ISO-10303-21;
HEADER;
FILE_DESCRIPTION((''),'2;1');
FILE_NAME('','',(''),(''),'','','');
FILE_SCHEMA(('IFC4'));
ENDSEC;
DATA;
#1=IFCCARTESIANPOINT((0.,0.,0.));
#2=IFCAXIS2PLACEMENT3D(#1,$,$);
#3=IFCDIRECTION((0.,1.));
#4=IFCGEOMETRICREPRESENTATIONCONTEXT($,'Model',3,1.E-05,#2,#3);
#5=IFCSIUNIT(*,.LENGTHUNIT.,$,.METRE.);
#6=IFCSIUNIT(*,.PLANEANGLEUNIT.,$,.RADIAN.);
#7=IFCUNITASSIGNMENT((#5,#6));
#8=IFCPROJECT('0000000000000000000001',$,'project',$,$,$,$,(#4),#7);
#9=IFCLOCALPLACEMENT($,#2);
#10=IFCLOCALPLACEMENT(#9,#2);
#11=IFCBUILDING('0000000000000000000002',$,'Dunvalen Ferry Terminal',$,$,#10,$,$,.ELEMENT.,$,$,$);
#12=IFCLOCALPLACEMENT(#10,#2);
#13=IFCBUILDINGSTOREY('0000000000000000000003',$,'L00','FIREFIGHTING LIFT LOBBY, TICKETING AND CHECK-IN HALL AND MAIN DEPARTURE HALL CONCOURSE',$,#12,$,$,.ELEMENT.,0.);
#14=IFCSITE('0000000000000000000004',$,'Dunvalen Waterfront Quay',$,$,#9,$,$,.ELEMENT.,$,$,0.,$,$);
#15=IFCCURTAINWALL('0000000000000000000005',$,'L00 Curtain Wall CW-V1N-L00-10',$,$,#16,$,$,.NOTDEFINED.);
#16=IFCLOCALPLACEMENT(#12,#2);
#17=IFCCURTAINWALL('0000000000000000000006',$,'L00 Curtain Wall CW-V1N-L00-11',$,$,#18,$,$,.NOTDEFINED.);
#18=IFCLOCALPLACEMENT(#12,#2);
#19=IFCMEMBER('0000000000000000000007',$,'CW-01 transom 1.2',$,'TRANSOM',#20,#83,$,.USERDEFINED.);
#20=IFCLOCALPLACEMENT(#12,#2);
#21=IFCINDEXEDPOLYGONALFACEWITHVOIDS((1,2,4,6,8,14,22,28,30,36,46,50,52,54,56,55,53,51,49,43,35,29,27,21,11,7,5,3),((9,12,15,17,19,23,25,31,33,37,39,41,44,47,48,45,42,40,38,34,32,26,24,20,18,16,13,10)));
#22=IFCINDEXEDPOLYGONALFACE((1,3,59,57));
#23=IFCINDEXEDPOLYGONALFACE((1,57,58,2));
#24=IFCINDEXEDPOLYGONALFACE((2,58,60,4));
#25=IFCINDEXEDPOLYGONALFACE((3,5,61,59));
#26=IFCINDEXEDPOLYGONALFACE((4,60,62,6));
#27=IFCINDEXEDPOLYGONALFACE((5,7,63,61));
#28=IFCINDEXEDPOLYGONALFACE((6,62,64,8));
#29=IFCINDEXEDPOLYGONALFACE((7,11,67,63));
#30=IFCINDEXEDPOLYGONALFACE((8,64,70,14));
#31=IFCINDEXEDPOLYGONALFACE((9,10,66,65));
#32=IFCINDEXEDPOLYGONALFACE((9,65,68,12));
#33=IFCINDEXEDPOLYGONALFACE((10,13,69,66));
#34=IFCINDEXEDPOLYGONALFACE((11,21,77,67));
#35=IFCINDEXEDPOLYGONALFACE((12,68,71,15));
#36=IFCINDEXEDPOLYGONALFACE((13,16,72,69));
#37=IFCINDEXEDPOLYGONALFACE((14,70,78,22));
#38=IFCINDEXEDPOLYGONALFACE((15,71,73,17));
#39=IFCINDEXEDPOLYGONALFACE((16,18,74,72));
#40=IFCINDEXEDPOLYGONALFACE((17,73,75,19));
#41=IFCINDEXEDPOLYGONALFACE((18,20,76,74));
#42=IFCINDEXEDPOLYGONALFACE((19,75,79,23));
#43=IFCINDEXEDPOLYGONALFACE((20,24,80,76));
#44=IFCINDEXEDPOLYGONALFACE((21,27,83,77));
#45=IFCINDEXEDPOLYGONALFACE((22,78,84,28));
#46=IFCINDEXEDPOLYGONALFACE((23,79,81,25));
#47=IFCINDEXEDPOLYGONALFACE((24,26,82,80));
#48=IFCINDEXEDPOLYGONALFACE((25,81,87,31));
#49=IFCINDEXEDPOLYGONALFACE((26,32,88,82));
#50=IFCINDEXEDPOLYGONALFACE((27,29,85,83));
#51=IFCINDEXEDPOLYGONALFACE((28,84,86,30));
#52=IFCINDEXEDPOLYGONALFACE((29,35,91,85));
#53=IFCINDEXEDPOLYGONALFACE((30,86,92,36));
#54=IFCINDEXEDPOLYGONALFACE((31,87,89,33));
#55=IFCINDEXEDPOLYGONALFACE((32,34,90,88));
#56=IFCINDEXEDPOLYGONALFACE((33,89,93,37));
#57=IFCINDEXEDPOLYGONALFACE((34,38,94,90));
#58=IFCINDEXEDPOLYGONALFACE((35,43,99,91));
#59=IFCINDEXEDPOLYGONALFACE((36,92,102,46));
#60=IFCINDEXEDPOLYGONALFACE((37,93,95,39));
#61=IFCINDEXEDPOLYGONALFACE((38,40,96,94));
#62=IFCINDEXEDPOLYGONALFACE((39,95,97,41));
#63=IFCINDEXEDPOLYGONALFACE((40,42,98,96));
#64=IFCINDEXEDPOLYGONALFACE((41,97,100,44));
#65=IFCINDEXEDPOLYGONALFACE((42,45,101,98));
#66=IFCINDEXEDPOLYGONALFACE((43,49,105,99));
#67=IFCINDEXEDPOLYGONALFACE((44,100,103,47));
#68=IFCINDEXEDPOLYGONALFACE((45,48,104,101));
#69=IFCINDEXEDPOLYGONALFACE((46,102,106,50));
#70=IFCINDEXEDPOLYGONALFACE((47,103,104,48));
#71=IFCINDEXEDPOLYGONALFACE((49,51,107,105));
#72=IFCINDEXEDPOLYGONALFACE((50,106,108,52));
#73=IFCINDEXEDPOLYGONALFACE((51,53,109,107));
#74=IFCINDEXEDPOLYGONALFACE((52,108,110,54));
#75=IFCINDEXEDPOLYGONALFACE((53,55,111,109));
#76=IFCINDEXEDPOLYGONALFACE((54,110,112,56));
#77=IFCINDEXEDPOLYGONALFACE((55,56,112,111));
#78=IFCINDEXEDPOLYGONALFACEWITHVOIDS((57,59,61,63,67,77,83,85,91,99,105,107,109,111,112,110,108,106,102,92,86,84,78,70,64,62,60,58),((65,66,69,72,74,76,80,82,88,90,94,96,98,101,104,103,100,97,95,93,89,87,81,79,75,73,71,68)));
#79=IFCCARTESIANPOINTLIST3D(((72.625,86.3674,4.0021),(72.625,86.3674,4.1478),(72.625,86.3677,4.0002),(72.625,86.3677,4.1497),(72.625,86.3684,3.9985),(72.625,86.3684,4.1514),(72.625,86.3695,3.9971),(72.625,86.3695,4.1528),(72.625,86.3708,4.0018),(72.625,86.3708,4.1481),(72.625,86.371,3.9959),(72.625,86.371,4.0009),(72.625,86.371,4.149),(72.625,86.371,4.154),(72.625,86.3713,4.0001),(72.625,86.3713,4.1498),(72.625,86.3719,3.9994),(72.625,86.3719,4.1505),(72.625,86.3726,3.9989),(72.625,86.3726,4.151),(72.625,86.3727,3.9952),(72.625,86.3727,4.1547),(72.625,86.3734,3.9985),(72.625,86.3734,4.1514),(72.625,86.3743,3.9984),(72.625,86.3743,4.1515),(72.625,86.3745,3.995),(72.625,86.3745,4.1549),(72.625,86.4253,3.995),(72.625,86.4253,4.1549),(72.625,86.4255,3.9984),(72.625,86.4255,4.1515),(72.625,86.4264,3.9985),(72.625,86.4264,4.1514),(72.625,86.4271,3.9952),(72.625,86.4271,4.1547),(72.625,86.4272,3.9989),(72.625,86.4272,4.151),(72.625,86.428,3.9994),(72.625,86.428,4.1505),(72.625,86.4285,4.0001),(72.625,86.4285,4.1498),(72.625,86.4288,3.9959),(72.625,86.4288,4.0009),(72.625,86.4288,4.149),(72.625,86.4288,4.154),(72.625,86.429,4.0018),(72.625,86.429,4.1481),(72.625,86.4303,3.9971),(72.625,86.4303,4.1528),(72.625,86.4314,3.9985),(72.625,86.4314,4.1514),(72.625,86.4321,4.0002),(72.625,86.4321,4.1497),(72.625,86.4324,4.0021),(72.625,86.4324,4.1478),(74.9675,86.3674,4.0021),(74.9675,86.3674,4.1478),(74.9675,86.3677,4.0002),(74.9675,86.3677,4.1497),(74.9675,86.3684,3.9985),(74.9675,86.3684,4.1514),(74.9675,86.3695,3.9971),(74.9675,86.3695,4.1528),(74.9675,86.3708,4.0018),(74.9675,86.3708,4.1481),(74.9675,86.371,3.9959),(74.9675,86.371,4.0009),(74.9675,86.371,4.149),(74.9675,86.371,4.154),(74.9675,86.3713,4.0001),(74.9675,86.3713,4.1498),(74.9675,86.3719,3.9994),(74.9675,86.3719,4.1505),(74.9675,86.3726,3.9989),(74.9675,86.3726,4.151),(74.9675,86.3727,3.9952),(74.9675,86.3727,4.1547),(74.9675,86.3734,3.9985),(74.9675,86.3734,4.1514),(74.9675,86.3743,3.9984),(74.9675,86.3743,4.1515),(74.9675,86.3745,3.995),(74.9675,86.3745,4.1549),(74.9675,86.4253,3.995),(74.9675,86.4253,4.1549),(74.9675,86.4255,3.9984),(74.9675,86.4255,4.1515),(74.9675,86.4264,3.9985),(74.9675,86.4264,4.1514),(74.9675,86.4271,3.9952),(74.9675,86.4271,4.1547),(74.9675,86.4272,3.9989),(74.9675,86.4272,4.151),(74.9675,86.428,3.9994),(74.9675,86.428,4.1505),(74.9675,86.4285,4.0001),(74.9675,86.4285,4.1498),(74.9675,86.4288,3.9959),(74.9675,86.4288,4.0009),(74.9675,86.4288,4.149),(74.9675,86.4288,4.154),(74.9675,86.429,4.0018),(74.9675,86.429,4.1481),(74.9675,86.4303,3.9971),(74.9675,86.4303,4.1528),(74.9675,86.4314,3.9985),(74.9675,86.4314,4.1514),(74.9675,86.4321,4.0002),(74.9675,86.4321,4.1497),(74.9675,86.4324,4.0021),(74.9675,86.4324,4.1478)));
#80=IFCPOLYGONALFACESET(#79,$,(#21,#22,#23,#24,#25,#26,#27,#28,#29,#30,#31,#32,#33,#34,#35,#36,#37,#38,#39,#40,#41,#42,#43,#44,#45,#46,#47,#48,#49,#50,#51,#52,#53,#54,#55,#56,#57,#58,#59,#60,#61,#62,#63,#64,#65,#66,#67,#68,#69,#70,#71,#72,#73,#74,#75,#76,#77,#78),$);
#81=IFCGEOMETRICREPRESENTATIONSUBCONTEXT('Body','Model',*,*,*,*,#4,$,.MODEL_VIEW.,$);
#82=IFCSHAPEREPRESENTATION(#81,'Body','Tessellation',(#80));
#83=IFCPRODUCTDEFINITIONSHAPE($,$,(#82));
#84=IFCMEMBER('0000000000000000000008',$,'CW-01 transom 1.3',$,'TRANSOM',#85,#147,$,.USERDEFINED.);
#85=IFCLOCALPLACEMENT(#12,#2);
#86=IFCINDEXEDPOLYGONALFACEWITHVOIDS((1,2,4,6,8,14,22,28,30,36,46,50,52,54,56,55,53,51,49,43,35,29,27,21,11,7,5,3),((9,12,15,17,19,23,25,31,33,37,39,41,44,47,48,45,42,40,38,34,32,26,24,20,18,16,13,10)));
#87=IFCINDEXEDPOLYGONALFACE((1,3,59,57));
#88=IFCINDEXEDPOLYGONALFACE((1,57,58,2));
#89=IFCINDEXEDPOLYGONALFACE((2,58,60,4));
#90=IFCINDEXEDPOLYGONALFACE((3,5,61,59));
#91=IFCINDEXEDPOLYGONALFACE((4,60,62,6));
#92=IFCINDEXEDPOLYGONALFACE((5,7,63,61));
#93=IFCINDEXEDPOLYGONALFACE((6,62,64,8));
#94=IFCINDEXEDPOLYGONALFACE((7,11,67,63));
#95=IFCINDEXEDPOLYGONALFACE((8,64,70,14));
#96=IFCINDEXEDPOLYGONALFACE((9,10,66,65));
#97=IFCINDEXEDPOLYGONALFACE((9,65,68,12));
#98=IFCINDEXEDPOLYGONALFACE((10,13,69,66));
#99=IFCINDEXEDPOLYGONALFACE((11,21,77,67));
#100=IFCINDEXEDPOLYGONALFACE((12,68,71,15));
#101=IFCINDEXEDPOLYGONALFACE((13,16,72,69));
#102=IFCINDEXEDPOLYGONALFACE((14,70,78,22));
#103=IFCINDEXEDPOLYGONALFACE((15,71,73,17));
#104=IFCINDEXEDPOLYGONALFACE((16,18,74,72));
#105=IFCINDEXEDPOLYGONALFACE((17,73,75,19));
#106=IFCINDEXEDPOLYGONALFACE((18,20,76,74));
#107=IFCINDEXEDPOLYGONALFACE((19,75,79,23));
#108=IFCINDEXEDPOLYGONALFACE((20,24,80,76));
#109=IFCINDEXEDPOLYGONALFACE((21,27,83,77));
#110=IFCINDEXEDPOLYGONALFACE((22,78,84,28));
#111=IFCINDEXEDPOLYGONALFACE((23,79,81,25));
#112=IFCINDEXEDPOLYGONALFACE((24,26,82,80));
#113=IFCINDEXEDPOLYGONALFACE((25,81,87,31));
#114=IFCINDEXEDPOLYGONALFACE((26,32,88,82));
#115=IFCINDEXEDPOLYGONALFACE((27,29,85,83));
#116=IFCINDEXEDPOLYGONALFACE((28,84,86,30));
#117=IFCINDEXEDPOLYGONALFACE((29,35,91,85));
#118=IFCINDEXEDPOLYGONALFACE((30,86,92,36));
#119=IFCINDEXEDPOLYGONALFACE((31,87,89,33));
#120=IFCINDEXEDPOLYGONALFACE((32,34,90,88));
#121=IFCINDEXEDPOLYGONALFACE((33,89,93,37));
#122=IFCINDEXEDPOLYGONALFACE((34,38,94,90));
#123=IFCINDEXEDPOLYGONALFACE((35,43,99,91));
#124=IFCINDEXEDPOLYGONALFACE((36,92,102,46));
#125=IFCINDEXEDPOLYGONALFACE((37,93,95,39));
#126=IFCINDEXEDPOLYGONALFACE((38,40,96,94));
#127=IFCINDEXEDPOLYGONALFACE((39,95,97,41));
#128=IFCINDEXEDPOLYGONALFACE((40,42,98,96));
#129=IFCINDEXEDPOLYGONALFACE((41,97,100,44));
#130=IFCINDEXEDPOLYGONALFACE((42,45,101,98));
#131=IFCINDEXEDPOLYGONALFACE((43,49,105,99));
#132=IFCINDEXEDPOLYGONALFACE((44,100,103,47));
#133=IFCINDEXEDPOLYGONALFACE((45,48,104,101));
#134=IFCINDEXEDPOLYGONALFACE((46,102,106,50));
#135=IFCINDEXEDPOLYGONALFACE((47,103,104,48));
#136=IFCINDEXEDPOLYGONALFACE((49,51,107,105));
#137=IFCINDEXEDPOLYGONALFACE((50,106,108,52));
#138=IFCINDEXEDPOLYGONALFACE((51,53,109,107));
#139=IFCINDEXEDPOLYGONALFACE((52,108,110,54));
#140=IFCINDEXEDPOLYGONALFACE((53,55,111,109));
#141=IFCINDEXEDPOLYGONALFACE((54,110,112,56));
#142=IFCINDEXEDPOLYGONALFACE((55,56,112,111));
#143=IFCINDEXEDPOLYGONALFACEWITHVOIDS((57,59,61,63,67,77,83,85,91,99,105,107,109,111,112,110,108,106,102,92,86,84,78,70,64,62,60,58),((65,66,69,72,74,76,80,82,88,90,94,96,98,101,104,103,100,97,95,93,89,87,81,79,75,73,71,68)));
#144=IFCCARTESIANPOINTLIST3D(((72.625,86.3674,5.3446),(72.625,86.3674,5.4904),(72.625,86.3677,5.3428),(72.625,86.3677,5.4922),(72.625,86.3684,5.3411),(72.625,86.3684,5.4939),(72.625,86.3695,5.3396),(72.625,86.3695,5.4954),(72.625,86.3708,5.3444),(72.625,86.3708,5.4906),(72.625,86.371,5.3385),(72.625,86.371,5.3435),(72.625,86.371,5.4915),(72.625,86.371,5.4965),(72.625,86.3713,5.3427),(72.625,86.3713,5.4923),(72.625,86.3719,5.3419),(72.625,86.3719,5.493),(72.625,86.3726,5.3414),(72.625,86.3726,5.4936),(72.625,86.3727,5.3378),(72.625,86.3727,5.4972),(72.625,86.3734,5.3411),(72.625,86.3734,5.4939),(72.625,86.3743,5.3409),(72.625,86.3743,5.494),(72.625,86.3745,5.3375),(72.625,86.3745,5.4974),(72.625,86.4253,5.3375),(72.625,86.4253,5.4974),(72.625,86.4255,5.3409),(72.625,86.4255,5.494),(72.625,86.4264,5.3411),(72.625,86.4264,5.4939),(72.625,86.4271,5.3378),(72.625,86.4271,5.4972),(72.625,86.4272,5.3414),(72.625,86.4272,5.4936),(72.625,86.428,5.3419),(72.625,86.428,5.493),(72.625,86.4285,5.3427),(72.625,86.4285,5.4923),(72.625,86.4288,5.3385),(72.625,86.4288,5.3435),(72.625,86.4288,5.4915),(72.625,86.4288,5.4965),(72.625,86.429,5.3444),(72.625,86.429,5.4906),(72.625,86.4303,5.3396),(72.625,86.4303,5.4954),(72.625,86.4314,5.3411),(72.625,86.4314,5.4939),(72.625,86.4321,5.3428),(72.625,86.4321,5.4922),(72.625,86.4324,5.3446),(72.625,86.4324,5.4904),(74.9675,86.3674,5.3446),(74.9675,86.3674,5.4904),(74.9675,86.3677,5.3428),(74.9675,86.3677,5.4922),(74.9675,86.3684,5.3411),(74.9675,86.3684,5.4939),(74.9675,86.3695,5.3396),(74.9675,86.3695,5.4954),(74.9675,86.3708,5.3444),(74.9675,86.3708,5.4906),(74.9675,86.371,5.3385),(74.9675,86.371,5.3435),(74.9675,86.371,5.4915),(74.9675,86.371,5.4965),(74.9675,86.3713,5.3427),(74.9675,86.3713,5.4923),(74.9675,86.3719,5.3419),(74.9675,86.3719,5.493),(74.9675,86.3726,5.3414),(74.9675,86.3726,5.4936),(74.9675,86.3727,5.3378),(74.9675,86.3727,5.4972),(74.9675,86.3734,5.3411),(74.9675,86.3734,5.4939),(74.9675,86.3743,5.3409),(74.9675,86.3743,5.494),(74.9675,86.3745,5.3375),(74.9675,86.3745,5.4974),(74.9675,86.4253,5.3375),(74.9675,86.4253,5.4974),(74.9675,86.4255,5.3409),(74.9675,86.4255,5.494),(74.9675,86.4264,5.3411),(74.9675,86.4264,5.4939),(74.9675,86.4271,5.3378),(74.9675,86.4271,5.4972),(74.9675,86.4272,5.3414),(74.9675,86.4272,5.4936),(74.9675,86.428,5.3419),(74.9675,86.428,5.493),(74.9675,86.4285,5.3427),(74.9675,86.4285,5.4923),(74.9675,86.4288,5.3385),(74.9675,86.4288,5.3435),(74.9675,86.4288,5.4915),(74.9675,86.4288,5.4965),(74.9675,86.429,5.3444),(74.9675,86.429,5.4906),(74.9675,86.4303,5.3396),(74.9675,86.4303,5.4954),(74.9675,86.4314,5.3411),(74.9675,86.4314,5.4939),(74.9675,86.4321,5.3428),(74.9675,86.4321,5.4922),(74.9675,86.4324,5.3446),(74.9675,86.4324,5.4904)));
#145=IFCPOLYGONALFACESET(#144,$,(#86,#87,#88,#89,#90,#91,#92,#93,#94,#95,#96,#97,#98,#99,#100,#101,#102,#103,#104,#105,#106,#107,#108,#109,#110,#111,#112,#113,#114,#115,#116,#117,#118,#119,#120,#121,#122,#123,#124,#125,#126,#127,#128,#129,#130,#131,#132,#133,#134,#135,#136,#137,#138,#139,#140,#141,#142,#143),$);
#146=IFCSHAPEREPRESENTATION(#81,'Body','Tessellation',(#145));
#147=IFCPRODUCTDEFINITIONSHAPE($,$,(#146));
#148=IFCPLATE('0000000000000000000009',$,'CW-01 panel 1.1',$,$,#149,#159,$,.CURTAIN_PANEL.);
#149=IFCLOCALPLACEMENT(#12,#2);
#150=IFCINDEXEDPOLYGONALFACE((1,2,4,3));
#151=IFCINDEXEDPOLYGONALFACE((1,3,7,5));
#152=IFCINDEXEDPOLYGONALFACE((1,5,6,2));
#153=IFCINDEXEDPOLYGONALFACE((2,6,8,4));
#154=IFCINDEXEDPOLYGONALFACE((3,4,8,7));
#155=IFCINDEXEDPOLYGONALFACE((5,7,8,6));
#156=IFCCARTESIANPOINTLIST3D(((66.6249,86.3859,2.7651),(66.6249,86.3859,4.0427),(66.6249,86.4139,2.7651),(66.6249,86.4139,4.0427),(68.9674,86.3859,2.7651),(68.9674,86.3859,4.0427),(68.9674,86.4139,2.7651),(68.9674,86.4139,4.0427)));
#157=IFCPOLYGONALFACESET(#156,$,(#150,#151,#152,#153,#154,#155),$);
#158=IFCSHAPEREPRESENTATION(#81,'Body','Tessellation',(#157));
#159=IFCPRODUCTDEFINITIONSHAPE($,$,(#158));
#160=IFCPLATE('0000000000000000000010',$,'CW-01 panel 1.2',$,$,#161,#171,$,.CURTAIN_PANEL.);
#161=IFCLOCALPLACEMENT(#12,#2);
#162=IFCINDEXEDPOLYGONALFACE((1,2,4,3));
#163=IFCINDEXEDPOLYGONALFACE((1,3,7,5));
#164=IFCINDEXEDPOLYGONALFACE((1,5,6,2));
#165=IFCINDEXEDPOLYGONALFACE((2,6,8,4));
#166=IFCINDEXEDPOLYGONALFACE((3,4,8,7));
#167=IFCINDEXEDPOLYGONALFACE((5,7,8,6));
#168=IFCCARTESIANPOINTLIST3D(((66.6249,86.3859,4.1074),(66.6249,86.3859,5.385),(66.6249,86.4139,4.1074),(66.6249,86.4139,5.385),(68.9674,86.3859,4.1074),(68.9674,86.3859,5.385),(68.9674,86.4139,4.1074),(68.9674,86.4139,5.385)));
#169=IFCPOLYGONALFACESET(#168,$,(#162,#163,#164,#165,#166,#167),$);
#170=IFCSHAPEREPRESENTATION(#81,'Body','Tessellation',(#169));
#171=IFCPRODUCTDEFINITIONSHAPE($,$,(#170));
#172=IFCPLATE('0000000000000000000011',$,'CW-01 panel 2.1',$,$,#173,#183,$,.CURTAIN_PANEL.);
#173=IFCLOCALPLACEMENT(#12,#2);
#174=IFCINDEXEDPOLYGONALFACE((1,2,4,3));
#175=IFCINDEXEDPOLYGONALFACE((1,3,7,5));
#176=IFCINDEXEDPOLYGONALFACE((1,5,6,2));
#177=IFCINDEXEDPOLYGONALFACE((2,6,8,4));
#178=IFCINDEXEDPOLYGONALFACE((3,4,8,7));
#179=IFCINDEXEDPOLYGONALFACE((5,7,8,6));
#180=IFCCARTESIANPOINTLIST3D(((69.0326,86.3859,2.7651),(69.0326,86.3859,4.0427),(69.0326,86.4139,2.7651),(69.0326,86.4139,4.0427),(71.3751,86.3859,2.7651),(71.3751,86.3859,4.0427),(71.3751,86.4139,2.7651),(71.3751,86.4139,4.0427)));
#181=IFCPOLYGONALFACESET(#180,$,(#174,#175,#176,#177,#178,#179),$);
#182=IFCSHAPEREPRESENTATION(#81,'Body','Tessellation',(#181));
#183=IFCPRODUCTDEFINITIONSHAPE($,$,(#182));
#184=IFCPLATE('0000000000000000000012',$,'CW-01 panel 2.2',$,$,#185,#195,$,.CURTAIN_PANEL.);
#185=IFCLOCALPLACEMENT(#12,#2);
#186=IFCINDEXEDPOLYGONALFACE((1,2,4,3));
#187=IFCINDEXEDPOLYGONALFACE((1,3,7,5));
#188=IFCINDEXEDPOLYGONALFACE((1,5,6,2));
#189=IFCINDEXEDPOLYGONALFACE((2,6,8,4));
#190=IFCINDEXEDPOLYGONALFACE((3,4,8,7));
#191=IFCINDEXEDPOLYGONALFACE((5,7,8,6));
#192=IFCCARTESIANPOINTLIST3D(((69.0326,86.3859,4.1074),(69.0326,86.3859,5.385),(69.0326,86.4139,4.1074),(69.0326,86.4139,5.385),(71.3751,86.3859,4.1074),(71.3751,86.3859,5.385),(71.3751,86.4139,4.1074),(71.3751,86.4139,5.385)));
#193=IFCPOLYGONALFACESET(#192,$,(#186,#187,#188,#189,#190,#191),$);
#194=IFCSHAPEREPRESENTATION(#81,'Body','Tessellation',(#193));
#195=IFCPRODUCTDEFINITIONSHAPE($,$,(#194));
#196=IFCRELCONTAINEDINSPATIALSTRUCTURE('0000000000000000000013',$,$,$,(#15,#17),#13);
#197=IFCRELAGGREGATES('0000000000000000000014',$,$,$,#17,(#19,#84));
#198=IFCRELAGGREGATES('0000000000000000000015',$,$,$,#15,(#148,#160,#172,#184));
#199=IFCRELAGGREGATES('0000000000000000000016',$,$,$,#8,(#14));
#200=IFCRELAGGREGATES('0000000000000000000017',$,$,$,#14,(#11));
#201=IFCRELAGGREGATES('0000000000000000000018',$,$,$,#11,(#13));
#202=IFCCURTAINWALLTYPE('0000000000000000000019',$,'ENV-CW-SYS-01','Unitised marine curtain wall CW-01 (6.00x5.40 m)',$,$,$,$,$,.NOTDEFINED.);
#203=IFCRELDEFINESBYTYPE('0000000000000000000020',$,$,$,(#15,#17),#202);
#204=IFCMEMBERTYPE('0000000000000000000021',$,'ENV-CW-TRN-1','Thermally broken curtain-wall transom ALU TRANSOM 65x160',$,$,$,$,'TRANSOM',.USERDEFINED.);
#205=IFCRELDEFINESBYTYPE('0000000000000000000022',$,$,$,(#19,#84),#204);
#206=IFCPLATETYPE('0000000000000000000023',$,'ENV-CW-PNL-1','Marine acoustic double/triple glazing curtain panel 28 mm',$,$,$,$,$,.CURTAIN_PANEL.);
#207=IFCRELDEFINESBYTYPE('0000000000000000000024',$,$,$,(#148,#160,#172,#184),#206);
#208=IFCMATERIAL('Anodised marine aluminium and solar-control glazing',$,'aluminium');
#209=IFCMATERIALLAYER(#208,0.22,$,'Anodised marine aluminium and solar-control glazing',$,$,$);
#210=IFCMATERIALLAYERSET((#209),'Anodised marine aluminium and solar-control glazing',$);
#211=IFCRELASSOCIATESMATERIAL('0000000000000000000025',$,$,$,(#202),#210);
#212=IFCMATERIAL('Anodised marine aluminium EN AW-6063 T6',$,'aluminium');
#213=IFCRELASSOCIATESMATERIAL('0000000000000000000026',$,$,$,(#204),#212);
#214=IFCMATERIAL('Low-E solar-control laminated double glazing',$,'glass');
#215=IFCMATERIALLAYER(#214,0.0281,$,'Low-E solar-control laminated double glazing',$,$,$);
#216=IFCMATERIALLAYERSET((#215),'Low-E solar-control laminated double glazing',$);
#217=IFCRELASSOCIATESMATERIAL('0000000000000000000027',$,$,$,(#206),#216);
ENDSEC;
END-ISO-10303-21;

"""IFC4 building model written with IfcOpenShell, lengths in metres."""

from ifc_helpers import new_model, si_unit, direction, frame, origin, origin_2d, place, context, subcontext, project, spatial, rectangle, hollow_rectangle, extrude, material, layer, layer_set, material_profile, profile_set, type_object, element, aggregate, save


model = new_model("IFC4")

# Units and contexts
model_context = context("Model", 3, precision=1e-05, world=origin(), true_north=direction((0.0, 1.0)))
body_context = subcontext(model_context, "Body", "Model", "MODEL_VIEW")
ifc_project = project(units=[si_unit("LENGTHUNIT", "METRE"), si_unit("PLANEANGLEUNIT", "RADIAN")], contexts=[model_context])

# Site, building, storey
site_placement = place(None, origin())
site = spatial("IfcSite", under=ifc_project, at=site_placement, Name="Dunvalen Waterfront Quay", CompositionType="ELEMENT", RefElevation=0.0)
building_placement = place(site_placement, origin())
building = spatial("IfcBuilding", under=site, at=building_placement, Name="Dunvalen Ferry Terminal", CompositionType="ELEMENT")
storey_placement = place(building_placement, origin())
storey = spatial("IfcBuildingStorey", under=building, at=storey_placement, Name="L00", Description="FIREFIGHTING LIFT LOBBY, TICKETING AND CHECK-IN HALL AND MAIN DEPARTURE HALL CONCOURSE", CompositionType="ELEMENT", Elevation=0.0)

# Curtain wall
ifc_material_1 = material(Name="Anodised marine aluminium and solar-control glazing", Category="aluminium")
ifc_layer_1 = layer(ifc_material_1, 0.22, Name="Anodised marine aluminium and solar-control glazing")
ifc_layer_set_1 = layer_set([ifc_layer_1], Name="Anodised marine aluminium and solar-control glazing")
curtain_wall_type = type_object("IfcCurtainWallType", Name="ENV-CW-SYS-01", Description="Unitised marine curtain wall CW-01 (6.00x5.40 m)", PredefinedType="NOTDEFINED", material=ifc_layer_set_1)
curtain_wall_1_placement = place(storey_placement, origin())
curtain_wall_1 = element("IfcCurtainWall", 1, at=curtain_wall_1_placement, inside=storey, type_object=curtain_wall_type, Name="L00 Curtain Wall CW-V1N-L00-10", PredefinedType="NOTDEFINED")
ifc_material_2 = material(Name="Anodised marine aluminium EN AW-6063 T6", Category="aluminium")

# Curtain wall
curtain_wall_2_placement = place(storey_placement, origin())
curtain_wall_2 = element("IfcCurtainWall", 2, at=curtain_wall_2_placement, inside=storey, type_object=curtain_wall_type, Name="L00 Curtain Wall CW-V1N-L00-11", PredefinedType="NOTDEFINED")

# Members
ifc_material_profile_1 = material_profile(ifc_material_2, hollow_rectangle(XDim=0.0649, YDim=0.1599, WallThickness=0.0034, InnerFilletRadius=0.0034, OuterFilletRadius=0.0071, at=origin_2d()), Name="Anodised marine aluminium EN AW-6063 T6")
ifc_profile_set_1 = profile_set([ifc_material_profile_1], Name="Anodised marine aluminium EN AW-6063 T6")
member_type_1 = type_object("IfcMemberType", Name="ENV-CW-TRN-1", Description="Thermally broken curtain-wall transom ALU TRANSOM 65x160", ElementType="TRANSOM", PredefinedType="USERDEFINED", material=ifc_profile_set_1)
member_1_placement = place(storey_placement, frame((72.625, 86.3999, 4.075), z_axis=(1.0, 0.0, 0.0), x_axis=(0.0, 1.0, 0.0)))
member_1 = element("IfcMember", 3, at=member_1_placement, type_object=member_type_1, Name="CW-01 transom 1.2", ObjectType="TRANSOM", PredefinedType="USERDEFINED", context=body_context, shape_type="SweptSolid", body=[
    extrude(hollow_rectangle(XDim=0.0649, YDim=0.1599, WallThickness=0.0034, InnerFilletRadius=0.0034, OuterFilletRadius=0.0071, at=origin_2d()), origin(), (0.0, 0.0, 1.0), 2.3425),
])
member_2_placement = place(storey_placement, frame((72.625, 86.3999, 5.4175), z_axis=(1.0, 0.0, 0.0), x_axis=(0.0, 1.0, 0.0)))
member_2 = element("IfcMember", 4, at=member_2_placement, type_object=member_type_1, Name="CW-01 transom 1.3", ObjectType="TRANSOM", PredefinedType="USERDEFINED", context=body_context, shape_type="SweptSolid", body=[
    extrude(hollow_rectangle(XDim=0.0649, YDim=0.1599, WallThickness=0.0034, InnerFilletRadius=0.0034, OuterFilletRadius=0.0071, at=origin_2d()), origin(), (0.0, 0.0, 1.0), 2.3425),
])
aggregate(curtain_wall_2, [member_1, member_2])

# Plates
ifc_material_3 = material(Name="Low-E solar-control laminated double glazing", Category="glass")
ifc_layer_2 = layer(ifc_material_3, 0.0281, Name="Low-E solar-control laminated double glazing")
ifc_layer_set_2 = layer_set([ifc_layer_2], Name="Low-E solar-control laminated double glazing")
plate_type = type_object("IfcPlateType", Name="ENV-CW-PNL-1", Description="Marine acoustic double/triple glazing curtain panel 28 mm", PredefinedType="CURTAIN_PANEL", material=ifc_layer_set_2)
plate_1_placement = place(storey_placement, frame((67.7961, 86.3999, 2.7651), z_axis=(0.0, 0.0, 1.0), x_axis=(1.0, 0.0, 0.0)))
plate_1 = element("IfcPlate", 5, at=plate_1_placement, type_object=plate_type, Name="CW-01 panel 1.1", PredefinedType="CURTAIN_PANEL", context=body_context, shape_type="SweptSolid", body=[
    extrude(rectangle(XDim=2.3425, YDim=0.0281, at=origin_2d()), origin(), (0.0, 0.0, 1.0), 1.2776),
])
plate_2_placement = place(storey_placement, frame((67.7961, 86.3999, 4.1074), z_axis=(0.0, 0.0, 1.0), x_axis=(1.0, 0.0, 0.0)))
plate_2 = element("IfcPlate", 6, at=plate_2_placement, type_object=plate_type, Name="CW-01 panel 1.2", PredefinedType="CURTAIN_PANEL", context=body_context, shape_type="SweptSolid", body=[
    extrude(rectangle(XDim=2.3425, YDim=0.0281, at=origin_2d()), origin(), (0.0, 0.0, 1.0), 1.2776),
])
plate_3_placement = place(storey_placement, frame((70.2039, 86.3999, 2.7651), z_axis=(0.0, 0.0, 1.0), x_axis=(1.0, 0.0, 0.0)))
plate_3 = element("IfcPlate", 7, at=plate_3_placement, type_object=plate_type, Name="CW-01 panel 2.1", PredefinedType="CURTAIN_PANEL", context=body_context, shape_type="SweptSolid", body=[
    extrude(rectangle(XDim=2.3425, YDim=0.0281, at=origin_2d()), origin(), (0.0, 0.0, 1.0), 1.2776),
])
plate_4_placement = place(storey_placement, frame((70.2039, 86.3999, 4.1074), z_axis=(0.0, 0.0, 1.0), x_axis=(1.0, 0.0, 0.0)))
plate_4 = element("IfcPlate", 8, at=plate_4_placement, type_object=plate_type, Name="CW-01 panel 2.2", PredefinedType="CURTAIN_PANEL", context=body_context, shape_type="SweptSolid", body=[
    extrude(rectangle(XDim=2.3425, YDim=0.0281, at=origin_2d()), origin(), (0.0, 0.0, 1.0), 1.2776),
])
aggregate(curtain_wall_1, [plate_1, plate_2, plate_3, plate_4])

save(model, "model.ifc")
